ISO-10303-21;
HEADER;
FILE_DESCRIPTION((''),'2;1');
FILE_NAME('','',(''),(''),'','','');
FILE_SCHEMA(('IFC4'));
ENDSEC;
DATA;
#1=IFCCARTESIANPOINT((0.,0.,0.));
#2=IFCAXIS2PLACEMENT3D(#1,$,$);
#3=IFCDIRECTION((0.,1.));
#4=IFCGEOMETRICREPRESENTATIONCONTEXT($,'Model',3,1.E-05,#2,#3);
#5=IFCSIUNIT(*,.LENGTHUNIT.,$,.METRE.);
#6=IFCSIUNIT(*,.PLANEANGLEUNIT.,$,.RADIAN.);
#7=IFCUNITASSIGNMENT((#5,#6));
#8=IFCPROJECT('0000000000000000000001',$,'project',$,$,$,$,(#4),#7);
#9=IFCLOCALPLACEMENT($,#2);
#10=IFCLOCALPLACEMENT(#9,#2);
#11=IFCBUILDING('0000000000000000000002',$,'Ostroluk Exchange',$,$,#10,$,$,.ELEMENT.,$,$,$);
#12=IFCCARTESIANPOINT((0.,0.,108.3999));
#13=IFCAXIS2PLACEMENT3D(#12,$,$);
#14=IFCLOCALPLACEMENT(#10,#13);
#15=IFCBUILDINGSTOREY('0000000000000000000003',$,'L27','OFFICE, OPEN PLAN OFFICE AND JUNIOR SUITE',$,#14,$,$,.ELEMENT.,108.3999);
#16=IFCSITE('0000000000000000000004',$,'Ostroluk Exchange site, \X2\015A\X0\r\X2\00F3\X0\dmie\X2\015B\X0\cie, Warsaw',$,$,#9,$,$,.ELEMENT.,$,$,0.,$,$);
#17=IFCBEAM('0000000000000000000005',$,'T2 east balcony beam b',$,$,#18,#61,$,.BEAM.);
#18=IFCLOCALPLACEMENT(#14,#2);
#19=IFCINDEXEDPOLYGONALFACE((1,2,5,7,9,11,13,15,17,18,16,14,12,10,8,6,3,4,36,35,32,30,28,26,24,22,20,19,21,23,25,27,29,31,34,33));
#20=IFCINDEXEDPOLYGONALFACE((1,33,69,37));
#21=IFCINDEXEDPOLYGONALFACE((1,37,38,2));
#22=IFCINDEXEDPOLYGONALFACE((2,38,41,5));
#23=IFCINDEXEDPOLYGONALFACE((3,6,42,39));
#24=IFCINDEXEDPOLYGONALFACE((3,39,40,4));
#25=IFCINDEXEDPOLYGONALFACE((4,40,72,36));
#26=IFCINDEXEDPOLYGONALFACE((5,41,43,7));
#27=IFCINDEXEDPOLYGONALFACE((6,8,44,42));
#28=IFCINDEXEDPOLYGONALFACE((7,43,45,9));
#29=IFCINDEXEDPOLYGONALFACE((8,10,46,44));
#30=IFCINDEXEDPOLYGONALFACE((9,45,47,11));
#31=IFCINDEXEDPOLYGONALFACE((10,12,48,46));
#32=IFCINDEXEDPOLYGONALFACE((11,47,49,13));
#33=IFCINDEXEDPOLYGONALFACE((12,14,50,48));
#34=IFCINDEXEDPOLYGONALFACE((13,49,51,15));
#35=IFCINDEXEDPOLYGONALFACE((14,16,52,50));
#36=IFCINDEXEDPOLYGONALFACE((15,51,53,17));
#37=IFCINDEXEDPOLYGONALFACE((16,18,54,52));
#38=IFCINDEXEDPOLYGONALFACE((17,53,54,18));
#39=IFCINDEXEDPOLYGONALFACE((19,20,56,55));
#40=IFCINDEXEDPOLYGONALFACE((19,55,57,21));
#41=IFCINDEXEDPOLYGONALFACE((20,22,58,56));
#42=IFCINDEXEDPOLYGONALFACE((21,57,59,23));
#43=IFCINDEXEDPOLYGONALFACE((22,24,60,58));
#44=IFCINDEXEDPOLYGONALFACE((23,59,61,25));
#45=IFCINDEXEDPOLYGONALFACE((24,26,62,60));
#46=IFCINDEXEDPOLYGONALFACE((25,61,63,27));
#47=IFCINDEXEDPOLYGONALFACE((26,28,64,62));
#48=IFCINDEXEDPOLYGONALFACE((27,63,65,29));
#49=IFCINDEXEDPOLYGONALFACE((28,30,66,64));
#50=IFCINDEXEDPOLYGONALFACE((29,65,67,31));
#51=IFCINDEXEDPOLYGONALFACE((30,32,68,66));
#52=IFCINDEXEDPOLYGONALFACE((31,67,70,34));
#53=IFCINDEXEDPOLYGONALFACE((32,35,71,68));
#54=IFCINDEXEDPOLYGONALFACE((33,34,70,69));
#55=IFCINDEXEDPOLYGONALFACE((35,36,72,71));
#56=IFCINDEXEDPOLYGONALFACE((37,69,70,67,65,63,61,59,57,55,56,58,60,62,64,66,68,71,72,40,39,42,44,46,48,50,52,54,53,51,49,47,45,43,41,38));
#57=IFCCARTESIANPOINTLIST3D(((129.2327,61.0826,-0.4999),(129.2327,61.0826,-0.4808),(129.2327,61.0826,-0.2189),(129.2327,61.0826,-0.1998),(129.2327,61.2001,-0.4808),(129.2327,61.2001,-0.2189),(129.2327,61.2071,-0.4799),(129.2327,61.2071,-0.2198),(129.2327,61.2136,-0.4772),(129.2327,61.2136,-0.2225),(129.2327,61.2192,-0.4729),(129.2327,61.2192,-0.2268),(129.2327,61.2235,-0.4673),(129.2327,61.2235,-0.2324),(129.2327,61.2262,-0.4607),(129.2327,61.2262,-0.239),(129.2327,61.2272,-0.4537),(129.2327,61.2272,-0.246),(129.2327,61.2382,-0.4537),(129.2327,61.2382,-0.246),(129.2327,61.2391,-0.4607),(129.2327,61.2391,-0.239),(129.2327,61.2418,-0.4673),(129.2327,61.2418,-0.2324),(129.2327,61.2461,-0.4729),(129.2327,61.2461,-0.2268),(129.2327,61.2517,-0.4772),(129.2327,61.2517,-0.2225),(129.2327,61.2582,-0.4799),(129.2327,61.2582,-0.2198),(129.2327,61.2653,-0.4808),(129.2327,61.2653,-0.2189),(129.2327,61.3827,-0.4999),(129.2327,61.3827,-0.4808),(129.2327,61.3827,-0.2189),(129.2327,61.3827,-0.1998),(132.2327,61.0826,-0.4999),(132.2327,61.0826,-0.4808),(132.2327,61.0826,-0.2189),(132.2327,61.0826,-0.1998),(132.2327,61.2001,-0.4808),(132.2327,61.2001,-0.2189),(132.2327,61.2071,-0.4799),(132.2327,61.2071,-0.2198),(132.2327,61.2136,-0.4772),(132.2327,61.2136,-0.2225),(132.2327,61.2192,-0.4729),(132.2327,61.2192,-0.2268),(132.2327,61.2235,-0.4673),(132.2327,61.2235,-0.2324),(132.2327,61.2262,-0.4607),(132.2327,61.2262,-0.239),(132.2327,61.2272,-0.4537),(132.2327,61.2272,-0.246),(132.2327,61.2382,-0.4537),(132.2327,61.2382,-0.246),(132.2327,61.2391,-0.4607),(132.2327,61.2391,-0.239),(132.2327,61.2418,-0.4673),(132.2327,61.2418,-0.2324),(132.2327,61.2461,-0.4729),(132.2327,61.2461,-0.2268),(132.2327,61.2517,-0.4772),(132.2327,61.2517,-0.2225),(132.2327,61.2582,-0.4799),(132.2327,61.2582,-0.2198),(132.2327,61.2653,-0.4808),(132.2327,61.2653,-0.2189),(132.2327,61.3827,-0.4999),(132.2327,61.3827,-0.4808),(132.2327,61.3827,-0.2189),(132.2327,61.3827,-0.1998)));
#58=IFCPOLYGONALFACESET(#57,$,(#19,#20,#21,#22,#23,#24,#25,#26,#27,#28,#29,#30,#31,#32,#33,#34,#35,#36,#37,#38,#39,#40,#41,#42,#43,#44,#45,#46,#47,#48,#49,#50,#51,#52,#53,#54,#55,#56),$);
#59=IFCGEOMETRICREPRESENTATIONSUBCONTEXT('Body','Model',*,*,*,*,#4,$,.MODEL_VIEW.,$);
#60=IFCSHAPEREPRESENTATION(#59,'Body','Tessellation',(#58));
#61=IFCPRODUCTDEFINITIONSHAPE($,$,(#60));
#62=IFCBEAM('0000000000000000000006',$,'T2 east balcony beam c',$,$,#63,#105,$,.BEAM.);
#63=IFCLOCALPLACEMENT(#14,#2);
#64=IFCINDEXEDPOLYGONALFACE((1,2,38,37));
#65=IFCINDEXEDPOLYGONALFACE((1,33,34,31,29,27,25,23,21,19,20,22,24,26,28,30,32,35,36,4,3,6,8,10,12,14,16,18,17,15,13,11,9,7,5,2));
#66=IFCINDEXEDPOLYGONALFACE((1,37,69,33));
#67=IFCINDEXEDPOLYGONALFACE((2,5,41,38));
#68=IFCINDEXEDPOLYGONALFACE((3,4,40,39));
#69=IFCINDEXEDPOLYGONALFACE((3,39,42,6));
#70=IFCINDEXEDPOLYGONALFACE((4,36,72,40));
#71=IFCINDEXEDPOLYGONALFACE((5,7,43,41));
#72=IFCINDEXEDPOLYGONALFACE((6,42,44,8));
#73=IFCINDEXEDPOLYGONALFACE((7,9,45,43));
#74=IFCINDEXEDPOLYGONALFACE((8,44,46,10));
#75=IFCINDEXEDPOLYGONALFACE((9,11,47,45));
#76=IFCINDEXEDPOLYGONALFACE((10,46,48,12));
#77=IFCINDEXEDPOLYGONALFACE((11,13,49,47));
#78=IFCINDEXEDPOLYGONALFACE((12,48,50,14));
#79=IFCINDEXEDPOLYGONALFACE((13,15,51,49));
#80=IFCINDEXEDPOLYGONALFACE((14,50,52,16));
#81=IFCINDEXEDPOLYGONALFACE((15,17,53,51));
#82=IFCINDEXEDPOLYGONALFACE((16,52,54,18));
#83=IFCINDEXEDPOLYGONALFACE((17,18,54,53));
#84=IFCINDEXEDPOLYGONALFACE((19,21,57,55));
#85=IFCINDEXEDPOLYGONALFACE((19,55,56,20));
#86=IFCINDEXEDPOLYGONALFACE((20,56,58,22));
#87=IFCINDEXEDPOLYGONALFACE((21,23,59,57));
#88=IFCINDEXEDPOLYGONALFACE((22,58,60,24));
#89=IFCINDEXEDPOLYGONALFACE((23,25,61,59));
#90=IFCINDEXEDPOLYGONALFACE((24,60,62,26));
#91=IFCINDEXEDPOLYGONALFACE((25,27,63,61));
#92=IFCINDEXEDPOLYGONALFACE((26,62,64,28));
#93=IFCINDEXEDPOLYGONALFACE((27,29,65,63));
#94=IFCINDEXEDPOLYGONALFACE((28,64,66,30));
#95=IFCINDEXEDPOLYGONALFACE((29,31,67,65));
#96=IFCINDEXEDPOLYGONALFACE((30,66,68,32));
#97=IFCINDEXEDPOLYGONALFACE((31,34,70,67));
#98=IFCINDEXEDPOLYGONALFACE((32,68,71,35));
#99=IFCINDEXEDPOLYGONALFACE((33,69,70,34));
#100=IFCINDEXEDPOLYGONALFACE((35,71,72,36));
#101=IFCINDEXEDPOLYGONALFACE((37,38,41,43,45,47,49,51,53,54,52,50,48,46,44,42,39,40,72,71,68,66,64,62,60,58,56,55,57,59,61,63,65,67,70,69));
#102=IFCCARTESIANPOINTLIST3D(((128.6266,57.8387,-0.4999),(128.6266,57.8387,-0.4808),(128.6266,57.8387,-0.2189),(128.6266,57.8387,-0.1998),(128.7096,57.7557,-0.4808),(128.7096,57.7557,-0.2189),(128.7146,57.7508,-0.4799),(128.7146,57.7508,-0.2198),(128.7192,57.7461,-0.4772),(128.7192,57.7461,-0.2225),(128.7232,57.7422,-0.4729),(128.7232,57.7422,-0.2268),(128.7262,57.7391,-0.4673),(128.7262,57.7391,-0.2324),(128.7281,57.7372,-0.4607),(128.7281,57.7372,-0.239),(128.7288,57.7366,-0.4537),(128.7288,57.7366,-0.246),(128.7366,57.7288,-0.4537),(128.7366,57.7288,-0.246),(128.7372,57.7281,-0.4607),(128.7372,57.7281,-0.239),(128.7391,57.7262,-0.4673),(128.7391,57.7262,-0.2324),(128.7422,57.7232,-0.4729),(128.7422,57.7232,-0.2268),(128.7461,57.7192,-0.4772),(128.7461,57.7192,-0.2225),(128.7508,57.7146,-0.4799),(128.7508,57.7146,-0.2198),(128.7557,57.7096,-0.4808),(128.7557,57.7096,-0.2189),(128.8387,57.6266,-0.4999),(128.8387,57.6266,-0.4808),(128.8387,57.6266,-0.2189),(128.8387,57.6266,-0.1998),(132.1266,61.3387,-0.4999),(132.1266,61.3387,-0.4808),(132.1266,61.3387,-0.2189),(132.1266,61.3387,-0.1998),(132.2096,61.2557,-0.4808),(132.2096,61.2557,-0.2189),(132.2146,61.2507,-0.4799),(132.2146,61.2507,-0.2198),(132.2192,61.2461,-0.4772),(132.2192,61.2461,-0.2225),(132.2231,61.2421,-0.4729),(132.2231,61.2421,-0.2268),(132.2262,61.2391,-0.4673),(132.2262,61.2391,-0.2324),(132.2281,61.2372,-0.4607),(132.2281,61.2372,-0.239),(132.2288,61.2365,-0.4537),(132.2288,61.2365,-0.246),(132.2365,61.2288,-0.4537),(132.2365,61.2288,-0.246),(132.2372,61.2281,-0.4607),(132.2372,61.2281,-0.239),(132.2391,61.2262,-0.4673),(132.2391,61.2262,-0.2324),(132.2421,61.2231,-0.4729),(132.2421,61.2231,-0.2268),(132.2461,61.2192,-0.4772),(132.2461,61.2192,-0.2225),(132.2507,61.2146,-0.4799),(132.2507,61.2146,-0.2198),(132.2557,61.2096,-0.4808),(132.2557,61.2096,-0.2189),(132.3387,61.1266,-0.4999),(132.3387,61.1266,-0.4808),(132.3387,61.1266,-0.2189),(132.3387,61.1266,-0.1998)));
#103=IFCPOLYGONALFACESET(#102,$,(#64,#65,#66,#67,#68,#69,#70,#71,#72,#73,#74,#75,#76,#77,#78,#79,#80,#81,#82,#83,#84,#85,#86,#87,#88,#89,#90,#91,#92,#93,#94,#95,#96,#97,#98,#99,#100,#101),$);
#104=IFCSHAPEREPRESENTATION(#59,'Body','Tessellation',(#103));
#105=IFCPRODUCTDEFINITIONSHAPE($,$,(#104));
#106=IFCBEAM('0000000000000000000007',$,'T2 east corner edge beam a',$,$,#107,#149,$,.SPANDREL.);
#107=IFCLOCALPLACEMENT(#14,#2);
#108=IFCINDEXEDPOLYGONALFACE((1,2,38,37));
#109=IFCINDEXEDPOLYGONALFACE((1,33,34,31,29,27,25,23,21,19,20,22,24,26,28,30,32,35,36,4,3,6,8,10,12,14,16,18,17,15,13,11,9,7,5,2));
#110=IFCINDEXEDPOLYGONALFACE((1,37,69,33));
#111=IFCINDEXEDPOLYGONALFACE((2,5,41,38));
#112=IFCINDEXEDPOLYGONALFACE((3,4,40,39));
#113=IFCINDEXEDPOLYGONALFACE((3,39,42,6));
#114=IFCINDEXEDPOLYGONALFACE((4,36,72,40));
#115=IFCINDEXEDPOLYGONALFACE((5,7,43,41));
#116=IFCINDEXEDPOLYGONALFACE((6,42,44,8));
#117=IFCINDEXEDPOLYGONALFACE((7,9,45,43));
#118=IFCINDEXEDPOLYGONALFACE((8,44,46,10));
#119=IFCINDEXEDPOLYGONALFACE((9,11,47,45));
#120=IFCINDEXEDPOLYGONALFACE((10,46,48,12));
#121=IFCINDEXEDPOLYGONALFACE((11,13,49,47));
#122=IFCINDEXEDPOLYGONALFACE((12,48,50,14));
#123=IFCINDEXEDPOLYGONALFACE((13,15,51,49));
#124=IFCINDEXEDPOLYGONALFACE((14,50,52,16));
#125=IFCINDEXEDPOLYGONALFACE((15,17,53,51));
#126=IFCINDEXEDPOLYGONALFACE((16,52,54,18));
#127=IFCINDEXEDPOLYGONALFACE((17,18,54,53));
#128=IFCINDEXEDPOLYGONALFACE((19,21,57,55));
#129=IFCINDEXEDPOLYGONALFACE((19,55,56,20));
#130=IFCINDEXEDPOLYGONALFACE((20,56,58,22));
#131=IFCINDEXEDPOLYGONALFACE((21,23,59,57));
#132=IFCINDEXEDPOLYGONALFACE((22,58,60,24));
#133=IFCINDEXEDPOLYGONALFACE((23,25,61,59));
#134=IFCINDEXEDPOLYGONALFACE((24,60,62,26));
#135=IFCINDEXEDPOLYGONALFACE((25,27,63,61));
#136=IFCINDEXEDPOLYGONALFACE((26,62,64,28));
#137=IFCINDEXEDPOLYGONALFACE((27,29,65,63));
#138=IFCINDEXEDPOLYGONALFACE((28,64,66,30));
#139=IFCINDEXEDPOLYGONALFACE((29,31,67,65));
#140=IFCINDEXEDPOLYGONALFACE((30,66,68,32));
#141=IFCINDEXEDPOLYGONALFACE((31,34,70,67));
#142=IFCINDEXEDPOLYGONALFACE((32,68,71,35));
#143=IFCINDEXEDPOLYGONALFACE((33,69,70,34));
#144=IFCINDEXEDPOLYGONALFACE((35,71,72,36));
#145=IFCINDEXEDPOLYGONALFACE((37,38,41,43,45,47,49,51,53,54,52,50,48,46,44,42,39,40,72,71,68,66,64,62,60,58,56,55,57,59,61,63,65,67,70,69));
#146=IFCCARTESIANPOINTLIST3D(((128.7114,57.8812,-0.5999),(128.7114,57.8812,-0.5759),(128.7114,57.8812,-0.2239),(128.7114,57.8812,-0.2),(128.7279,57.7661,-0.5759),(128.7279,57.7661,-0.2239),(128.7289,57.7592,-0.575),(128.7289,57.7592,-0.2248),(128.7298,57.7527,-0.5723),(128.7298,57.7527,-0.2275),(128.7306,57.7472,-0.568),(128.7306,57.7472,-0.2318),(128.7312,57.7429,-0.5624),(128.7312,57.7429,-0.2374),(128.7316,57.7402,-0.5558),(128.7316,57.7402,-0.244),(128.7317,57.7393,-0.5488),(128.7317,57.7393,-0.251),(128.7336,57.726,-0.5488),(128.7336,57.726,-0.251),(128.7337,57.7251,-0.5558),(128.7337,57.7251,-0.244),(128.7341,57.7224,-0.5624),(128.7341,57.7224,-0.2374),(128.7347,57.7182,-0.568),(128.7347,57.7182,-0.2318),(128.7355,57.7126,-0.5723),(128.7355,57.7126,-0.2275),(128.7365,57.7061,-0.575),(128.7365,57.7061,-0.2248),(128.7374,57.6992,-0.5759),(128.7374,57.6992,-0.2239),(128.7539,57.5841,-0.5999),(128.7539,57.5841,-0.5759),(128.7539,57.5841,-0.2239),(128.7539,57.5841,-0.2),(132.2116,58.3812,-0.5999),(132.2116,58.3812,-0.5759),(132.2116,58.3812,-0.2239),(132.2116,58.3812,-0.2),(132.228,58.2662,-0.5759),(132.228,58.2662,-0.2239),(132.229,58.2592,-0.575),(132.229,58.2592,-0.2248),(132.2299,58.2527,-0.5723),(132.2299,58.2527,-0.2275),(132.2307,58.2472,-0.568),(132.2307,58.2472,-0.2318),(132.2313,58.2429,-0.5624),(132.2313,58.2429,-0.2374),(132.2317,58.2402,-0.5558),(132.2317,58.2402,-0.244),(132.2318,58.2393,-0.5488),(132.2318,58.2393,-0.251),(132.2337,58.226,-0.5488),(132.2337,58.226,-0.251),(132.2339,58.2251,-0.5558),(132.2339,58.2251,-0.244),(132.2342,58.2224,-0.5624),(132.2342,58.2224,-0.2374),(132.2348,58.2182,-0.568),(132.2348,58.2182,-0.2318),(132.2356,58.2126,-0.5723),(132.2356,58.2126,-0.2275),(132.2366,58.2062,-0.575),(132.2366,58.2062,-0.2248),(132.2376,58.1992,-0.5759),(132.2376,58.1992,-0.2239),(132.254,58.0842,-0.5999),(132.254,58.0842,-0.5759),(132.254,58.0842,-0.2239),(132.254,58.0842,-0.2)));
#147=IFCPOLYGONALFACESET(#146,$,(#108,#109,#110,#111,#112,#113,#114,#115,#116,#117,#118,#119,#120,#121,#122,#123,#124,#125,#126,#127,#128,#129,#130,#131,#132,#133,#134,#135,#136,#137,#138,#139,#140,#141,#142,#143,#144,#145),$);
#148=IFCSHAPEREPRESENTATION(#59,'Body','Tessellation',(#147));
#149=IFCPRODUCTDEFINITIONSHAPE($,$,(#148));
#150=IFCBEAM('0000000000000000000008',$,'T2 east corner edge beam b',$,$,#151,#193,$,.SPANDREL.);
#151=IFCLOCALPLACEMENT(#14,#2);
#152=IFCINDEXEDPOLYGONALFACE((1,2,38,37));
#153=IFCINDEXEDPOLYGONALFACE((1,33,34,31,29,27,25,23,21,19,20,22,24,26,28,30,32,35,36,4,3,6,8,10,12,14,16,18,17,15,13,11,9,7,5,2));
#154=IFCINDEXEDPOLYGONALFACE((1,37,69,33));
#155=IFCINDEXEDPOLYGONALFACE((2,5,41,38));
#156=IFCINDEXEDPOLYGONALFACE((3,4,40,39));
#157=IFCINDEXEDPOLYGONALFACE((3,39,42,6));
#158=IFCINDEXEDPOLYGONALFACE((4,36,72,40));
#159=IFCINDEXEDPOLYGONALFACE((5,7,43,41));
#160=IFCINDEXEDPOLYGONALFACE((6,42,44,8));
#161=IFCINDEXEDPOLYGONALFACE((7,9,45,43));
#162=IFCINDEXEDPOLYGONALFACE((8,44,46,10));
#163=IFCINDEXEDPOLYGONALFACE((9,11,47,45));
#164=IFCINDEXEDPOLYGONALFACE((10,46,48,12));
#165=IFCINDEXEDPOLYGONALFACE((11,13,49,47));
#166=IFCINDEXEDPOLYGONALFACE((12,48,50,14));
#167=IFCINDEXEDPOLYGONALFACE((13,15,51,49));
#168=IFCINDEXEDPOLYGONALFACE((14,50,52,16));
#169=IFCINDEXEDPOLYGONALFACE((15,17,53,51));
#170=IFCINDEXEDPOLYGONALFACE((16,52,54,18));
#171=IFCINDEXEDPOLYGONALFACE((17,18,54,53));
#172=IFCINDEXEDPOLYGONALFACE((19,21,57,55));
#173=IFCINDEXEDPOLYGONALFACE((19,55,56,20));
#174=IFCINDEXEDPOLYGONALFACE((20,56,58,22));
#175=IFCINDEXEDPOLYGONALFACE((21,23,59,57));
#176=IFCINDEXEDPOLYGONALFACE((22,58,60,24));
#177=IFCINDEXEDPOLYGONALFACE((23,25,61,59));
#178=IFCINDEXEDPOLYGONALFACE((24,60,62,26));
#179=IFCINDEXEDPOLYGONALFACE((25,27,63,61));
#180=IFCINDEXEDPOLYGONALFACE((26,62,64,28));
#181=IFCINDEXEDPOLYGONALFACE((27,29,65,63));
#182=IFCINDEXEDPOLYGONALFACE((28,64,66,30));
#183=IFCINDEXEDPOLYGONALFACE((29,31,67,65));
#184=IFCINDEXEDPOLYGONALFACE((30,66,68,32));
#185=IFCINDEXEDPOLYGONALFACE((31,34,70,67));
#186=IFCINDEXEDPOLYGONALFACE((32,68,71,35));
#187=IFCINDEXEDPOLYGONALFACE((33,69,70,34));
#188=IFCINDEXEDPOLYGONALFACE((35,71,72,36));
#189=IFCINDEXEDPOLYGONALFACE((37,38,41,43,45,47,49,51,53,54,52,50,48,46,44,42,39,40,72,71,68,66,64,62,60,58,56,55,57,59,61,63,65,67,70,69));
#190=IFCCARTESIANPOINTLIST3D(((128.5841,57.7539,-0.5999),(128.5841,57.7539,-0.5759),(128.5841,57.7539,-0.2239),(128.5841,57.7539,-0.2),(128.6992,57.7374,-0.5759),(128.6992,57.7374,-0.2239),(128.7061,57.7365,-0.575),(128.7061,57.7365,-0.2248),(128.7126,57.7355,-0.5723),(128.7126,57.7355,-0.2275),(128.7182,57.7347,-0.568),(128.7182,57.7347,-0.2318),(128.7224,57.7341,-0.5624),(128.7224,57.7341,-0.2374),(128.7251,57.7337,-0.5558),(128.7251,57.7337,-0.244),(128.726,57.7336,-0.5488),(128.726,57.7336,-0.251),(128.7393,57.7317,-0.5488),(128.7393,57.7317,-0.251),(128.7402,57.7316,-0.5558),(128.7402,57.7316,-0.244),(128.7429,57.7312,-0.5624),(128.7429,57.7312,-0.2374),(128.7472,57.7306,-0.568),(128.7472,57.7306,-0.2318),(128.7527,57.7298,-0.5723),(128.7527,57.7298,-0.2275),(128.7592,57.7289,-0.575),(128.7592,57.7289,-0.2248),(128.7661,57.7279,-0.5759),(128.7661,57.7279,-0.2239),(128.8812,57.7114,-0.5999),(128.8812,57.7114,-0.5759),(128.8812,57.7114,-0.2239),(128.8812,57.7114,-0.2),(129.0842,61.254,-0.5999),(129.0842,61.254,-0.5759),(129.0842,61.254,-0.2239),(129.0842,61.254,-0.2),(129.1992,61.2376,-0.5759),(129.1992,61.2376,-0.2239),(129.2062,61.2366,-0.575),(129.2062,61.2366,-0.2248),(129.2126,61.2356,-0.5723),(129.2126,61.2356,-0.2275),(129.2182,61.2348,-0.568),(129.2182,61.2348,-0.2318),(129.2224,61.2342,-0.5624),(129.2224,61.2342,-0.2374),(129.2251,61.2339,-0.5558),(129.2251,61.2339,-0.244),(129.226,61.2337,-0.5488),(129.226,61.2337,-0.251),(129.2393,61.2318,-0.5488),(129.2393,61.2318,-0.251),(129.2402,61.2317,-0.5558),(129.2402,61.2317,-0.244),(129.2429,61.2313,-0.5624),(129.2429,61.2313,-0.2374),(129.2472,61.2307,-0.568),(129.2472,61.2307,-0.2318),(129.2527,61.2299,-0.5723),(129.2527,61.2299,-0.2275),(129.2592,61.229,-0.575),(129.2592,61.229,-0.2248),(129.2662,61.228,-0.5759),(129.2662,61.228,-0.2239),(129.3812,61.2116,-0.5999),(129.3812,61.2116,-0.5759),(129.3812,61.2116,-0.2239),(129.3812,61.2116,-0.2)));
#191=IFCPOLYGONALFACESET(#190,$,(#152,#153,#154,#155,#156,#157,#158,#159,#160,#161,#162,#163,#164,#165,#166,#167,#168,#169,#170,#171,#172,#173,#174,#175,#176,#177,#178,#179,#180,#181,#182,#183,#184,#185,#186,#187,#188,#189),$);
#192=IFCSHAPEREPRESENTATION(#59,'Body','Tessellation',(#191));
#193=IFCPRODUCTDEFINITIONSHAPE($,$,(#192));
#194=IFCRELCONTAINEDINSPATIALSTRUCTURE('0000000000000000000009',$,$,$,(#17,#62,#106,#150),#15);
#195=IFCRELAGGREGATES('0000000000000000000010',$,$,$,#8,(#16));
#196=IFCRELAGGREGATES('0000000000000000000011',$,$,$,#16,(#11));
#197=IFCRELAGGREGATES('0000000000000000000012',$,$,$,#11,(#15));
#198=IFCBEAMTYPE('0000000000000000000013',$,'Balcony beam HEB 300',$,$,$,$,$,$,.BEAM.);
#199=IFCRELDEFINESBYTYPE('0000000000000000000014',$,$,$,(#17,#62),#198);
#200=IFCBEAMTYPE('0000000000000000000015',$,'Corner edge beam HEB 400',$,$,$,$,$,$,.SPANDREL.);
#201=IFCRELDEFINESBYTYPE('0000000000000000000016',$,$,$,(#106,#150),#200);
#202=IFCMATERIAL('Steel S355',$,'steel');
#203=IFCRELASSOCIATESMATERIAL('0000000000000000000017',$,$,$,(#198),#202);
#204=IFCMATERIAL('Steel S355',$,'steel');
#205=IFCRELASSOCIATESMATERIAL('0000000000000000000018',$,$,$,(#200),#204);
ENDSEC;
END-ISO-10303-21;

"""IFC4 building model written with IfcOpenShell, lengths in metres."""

from ifc_helpers import new_model, si_unit, direction, frame, origin, origin_2d, place, context, subcontext, project, spatial, i_section, extrude, material, material_profile, profile_set, type_object, element, save


model = new_model("IFC4")

# Units and contexts
model_context = context("Model", 3, precision=1e-05, world=origin(), true_north=direction((0.0, 1.0)))
body_context = subcontext(model_context, "Body", "Model", "MODEL_VIEW")
ifc_project = project(units=[si_unit("LENGTHUNIT", "METRE"), si_unit("PLANEANGLEUNIT", "RADIAN")], contexts=[model_context])

# Site, building, storey
site_placement = place(None, origin())
site = spatial("IfcSite", under=ifc_project, at=site_placement, Name="Ostroluk Exchange site, Śródmieście, Warsaw", CompositionType="ELEMENT", RefElevation=0.0)
building_placement = place(site_placement, origin())
building = spatial("IfcBuilding", under=site, at=building_placement, Name="Ostroluk Exchange", CompositionType="ELEMENT")
storey_placement = place(building_placement, frame((0.0, 0.0, 108.3999)))
storey = spatial("IfcBuildingStorey", under=building, at=storey_placement, Name="L27", Description="OFFICE, OPEN PLAN OFFICE AND JUNIOR SUITE", CompositionType="ELEMENT", Elevation=108.3999)

# Beams
ifc_material_1 = material(Name="Steel S355", Category="steel")
ifc_material_profile_1 = material_profile(ifc_material_1, i_section(OverallWidth=0.3, OverallDepth=0.3, WebThickness=0.011, FlangeThickness=0.019, FilletRadius=0.0271, at=origin_2d()), Name="HEB 300")
ifc_profile_set_1 = profile_set([ifc_material_profile_1], Name="Steel S355")
beam_type_1 = type_object("IfcBeamType", Name="Balcony beam HEB 300", PredefinedType="BEAM", material=ifc_profile_set_1)
for number, where, z_axis, x_axis, name in (
    (1, (129.2327, 61.2327, -0.3499), (1.0, 0.0, 0.0), (0.0, 1.0, 0.0), "T2 east balcony beam b"),
):
    element("IfcBeam", number, at=place(storey_placement, frame(where, z_axis=z_axis, x_axis=x_axis)), inside=storey, type_object=beam_type_1, Name=name, PredefinedType="BEAM", context=body_context, shape_type="SweptSolid", body=[
        extrude(i_section(OverallWidth=0.3, OverallDepth=0.3, WebThickness=0.011, FlangeThickness=0.019, FilletRadius=0.0271, at=origin_2d()), origin(), (0.0, 0.0, 1.0), 3.0),
    ])
beam_1_placement = place(storey_placement, frame((128.7327, 57.7327, -0.3499), z_axis=(0.707107, 0.707107, 0.0), x_axis=(-0.707107, 0.707107, 0.0)))
element("IfcBeam", 2, at=beam_1_placement, inside=storey, type_object=beam_type_1, Name="T2 east balcony beam c", PredefinedType="BEAM", context=body_context, shape_type="SweptSolid", body=[
    extrude(i_section(OverallWidth=0.3, OverallDepth=0.3, WebThickness=0.011, FlangeThickness=0.019, FilletRadius=0.0271, at=origin_2d()), origin(), (0.0, 0.0, 1.0), 4.9497),
])
ifc_material_2 = material(Name="Steel S355", Category="steel")
ifc_material_profile_2 = material_profile(ifc_material_2, i_section(OverallWidth=0.3, OverallDepth=0.3999, WebThickness=0.0134, FlangeThickness=0.0239, FilletRadius=0.0271, at=origin_2d()), Name="HEB 400")
ifc_profile_set_2 = profile_set([ifc_material_profile_2], Name="Steel S355")
beam_type_2 = type_object("IfcBeamType", Name="Corner edge beam HEB 400", PredefinedType="SPANDREL", material=ifc_profile_set_2)
for number, where, z_axis, x_axis, name in (
    (3, (128.7327, 57.7327, -0.3999), (0.989949, 0.141421, 0.0), (-0.141421, 0.989949, 0.0), "T2 east corner edge beam a"),
    (4, (128.7327, 57.7327, -0.3999), (0.141421, 0.989949, 0.0), (-0.989949, 0.141421, 0.0), "T2 east corner edge beam b"),
):
    element("IfcBeam", number, at=place(storey_placement, frame(where, z_axis=z_axis, x_axis=x_axis)), inside=storey, type_object=beam_type_2, Name=name, PredefinedType="SPANDREL", context=body_context, shape_type="SweptSolid", body=[
        extrude(i_section(OverallWidth=0.3, OverallDepth=0.3999, WebThickness=0.0134, FlangeThickness=0.0239, FilletRadius=0.0271, at=origin_2d()), origin(), (0.0, 0.0, 1.0), 3.5356),
    ])

save(model, "model.ifc")
